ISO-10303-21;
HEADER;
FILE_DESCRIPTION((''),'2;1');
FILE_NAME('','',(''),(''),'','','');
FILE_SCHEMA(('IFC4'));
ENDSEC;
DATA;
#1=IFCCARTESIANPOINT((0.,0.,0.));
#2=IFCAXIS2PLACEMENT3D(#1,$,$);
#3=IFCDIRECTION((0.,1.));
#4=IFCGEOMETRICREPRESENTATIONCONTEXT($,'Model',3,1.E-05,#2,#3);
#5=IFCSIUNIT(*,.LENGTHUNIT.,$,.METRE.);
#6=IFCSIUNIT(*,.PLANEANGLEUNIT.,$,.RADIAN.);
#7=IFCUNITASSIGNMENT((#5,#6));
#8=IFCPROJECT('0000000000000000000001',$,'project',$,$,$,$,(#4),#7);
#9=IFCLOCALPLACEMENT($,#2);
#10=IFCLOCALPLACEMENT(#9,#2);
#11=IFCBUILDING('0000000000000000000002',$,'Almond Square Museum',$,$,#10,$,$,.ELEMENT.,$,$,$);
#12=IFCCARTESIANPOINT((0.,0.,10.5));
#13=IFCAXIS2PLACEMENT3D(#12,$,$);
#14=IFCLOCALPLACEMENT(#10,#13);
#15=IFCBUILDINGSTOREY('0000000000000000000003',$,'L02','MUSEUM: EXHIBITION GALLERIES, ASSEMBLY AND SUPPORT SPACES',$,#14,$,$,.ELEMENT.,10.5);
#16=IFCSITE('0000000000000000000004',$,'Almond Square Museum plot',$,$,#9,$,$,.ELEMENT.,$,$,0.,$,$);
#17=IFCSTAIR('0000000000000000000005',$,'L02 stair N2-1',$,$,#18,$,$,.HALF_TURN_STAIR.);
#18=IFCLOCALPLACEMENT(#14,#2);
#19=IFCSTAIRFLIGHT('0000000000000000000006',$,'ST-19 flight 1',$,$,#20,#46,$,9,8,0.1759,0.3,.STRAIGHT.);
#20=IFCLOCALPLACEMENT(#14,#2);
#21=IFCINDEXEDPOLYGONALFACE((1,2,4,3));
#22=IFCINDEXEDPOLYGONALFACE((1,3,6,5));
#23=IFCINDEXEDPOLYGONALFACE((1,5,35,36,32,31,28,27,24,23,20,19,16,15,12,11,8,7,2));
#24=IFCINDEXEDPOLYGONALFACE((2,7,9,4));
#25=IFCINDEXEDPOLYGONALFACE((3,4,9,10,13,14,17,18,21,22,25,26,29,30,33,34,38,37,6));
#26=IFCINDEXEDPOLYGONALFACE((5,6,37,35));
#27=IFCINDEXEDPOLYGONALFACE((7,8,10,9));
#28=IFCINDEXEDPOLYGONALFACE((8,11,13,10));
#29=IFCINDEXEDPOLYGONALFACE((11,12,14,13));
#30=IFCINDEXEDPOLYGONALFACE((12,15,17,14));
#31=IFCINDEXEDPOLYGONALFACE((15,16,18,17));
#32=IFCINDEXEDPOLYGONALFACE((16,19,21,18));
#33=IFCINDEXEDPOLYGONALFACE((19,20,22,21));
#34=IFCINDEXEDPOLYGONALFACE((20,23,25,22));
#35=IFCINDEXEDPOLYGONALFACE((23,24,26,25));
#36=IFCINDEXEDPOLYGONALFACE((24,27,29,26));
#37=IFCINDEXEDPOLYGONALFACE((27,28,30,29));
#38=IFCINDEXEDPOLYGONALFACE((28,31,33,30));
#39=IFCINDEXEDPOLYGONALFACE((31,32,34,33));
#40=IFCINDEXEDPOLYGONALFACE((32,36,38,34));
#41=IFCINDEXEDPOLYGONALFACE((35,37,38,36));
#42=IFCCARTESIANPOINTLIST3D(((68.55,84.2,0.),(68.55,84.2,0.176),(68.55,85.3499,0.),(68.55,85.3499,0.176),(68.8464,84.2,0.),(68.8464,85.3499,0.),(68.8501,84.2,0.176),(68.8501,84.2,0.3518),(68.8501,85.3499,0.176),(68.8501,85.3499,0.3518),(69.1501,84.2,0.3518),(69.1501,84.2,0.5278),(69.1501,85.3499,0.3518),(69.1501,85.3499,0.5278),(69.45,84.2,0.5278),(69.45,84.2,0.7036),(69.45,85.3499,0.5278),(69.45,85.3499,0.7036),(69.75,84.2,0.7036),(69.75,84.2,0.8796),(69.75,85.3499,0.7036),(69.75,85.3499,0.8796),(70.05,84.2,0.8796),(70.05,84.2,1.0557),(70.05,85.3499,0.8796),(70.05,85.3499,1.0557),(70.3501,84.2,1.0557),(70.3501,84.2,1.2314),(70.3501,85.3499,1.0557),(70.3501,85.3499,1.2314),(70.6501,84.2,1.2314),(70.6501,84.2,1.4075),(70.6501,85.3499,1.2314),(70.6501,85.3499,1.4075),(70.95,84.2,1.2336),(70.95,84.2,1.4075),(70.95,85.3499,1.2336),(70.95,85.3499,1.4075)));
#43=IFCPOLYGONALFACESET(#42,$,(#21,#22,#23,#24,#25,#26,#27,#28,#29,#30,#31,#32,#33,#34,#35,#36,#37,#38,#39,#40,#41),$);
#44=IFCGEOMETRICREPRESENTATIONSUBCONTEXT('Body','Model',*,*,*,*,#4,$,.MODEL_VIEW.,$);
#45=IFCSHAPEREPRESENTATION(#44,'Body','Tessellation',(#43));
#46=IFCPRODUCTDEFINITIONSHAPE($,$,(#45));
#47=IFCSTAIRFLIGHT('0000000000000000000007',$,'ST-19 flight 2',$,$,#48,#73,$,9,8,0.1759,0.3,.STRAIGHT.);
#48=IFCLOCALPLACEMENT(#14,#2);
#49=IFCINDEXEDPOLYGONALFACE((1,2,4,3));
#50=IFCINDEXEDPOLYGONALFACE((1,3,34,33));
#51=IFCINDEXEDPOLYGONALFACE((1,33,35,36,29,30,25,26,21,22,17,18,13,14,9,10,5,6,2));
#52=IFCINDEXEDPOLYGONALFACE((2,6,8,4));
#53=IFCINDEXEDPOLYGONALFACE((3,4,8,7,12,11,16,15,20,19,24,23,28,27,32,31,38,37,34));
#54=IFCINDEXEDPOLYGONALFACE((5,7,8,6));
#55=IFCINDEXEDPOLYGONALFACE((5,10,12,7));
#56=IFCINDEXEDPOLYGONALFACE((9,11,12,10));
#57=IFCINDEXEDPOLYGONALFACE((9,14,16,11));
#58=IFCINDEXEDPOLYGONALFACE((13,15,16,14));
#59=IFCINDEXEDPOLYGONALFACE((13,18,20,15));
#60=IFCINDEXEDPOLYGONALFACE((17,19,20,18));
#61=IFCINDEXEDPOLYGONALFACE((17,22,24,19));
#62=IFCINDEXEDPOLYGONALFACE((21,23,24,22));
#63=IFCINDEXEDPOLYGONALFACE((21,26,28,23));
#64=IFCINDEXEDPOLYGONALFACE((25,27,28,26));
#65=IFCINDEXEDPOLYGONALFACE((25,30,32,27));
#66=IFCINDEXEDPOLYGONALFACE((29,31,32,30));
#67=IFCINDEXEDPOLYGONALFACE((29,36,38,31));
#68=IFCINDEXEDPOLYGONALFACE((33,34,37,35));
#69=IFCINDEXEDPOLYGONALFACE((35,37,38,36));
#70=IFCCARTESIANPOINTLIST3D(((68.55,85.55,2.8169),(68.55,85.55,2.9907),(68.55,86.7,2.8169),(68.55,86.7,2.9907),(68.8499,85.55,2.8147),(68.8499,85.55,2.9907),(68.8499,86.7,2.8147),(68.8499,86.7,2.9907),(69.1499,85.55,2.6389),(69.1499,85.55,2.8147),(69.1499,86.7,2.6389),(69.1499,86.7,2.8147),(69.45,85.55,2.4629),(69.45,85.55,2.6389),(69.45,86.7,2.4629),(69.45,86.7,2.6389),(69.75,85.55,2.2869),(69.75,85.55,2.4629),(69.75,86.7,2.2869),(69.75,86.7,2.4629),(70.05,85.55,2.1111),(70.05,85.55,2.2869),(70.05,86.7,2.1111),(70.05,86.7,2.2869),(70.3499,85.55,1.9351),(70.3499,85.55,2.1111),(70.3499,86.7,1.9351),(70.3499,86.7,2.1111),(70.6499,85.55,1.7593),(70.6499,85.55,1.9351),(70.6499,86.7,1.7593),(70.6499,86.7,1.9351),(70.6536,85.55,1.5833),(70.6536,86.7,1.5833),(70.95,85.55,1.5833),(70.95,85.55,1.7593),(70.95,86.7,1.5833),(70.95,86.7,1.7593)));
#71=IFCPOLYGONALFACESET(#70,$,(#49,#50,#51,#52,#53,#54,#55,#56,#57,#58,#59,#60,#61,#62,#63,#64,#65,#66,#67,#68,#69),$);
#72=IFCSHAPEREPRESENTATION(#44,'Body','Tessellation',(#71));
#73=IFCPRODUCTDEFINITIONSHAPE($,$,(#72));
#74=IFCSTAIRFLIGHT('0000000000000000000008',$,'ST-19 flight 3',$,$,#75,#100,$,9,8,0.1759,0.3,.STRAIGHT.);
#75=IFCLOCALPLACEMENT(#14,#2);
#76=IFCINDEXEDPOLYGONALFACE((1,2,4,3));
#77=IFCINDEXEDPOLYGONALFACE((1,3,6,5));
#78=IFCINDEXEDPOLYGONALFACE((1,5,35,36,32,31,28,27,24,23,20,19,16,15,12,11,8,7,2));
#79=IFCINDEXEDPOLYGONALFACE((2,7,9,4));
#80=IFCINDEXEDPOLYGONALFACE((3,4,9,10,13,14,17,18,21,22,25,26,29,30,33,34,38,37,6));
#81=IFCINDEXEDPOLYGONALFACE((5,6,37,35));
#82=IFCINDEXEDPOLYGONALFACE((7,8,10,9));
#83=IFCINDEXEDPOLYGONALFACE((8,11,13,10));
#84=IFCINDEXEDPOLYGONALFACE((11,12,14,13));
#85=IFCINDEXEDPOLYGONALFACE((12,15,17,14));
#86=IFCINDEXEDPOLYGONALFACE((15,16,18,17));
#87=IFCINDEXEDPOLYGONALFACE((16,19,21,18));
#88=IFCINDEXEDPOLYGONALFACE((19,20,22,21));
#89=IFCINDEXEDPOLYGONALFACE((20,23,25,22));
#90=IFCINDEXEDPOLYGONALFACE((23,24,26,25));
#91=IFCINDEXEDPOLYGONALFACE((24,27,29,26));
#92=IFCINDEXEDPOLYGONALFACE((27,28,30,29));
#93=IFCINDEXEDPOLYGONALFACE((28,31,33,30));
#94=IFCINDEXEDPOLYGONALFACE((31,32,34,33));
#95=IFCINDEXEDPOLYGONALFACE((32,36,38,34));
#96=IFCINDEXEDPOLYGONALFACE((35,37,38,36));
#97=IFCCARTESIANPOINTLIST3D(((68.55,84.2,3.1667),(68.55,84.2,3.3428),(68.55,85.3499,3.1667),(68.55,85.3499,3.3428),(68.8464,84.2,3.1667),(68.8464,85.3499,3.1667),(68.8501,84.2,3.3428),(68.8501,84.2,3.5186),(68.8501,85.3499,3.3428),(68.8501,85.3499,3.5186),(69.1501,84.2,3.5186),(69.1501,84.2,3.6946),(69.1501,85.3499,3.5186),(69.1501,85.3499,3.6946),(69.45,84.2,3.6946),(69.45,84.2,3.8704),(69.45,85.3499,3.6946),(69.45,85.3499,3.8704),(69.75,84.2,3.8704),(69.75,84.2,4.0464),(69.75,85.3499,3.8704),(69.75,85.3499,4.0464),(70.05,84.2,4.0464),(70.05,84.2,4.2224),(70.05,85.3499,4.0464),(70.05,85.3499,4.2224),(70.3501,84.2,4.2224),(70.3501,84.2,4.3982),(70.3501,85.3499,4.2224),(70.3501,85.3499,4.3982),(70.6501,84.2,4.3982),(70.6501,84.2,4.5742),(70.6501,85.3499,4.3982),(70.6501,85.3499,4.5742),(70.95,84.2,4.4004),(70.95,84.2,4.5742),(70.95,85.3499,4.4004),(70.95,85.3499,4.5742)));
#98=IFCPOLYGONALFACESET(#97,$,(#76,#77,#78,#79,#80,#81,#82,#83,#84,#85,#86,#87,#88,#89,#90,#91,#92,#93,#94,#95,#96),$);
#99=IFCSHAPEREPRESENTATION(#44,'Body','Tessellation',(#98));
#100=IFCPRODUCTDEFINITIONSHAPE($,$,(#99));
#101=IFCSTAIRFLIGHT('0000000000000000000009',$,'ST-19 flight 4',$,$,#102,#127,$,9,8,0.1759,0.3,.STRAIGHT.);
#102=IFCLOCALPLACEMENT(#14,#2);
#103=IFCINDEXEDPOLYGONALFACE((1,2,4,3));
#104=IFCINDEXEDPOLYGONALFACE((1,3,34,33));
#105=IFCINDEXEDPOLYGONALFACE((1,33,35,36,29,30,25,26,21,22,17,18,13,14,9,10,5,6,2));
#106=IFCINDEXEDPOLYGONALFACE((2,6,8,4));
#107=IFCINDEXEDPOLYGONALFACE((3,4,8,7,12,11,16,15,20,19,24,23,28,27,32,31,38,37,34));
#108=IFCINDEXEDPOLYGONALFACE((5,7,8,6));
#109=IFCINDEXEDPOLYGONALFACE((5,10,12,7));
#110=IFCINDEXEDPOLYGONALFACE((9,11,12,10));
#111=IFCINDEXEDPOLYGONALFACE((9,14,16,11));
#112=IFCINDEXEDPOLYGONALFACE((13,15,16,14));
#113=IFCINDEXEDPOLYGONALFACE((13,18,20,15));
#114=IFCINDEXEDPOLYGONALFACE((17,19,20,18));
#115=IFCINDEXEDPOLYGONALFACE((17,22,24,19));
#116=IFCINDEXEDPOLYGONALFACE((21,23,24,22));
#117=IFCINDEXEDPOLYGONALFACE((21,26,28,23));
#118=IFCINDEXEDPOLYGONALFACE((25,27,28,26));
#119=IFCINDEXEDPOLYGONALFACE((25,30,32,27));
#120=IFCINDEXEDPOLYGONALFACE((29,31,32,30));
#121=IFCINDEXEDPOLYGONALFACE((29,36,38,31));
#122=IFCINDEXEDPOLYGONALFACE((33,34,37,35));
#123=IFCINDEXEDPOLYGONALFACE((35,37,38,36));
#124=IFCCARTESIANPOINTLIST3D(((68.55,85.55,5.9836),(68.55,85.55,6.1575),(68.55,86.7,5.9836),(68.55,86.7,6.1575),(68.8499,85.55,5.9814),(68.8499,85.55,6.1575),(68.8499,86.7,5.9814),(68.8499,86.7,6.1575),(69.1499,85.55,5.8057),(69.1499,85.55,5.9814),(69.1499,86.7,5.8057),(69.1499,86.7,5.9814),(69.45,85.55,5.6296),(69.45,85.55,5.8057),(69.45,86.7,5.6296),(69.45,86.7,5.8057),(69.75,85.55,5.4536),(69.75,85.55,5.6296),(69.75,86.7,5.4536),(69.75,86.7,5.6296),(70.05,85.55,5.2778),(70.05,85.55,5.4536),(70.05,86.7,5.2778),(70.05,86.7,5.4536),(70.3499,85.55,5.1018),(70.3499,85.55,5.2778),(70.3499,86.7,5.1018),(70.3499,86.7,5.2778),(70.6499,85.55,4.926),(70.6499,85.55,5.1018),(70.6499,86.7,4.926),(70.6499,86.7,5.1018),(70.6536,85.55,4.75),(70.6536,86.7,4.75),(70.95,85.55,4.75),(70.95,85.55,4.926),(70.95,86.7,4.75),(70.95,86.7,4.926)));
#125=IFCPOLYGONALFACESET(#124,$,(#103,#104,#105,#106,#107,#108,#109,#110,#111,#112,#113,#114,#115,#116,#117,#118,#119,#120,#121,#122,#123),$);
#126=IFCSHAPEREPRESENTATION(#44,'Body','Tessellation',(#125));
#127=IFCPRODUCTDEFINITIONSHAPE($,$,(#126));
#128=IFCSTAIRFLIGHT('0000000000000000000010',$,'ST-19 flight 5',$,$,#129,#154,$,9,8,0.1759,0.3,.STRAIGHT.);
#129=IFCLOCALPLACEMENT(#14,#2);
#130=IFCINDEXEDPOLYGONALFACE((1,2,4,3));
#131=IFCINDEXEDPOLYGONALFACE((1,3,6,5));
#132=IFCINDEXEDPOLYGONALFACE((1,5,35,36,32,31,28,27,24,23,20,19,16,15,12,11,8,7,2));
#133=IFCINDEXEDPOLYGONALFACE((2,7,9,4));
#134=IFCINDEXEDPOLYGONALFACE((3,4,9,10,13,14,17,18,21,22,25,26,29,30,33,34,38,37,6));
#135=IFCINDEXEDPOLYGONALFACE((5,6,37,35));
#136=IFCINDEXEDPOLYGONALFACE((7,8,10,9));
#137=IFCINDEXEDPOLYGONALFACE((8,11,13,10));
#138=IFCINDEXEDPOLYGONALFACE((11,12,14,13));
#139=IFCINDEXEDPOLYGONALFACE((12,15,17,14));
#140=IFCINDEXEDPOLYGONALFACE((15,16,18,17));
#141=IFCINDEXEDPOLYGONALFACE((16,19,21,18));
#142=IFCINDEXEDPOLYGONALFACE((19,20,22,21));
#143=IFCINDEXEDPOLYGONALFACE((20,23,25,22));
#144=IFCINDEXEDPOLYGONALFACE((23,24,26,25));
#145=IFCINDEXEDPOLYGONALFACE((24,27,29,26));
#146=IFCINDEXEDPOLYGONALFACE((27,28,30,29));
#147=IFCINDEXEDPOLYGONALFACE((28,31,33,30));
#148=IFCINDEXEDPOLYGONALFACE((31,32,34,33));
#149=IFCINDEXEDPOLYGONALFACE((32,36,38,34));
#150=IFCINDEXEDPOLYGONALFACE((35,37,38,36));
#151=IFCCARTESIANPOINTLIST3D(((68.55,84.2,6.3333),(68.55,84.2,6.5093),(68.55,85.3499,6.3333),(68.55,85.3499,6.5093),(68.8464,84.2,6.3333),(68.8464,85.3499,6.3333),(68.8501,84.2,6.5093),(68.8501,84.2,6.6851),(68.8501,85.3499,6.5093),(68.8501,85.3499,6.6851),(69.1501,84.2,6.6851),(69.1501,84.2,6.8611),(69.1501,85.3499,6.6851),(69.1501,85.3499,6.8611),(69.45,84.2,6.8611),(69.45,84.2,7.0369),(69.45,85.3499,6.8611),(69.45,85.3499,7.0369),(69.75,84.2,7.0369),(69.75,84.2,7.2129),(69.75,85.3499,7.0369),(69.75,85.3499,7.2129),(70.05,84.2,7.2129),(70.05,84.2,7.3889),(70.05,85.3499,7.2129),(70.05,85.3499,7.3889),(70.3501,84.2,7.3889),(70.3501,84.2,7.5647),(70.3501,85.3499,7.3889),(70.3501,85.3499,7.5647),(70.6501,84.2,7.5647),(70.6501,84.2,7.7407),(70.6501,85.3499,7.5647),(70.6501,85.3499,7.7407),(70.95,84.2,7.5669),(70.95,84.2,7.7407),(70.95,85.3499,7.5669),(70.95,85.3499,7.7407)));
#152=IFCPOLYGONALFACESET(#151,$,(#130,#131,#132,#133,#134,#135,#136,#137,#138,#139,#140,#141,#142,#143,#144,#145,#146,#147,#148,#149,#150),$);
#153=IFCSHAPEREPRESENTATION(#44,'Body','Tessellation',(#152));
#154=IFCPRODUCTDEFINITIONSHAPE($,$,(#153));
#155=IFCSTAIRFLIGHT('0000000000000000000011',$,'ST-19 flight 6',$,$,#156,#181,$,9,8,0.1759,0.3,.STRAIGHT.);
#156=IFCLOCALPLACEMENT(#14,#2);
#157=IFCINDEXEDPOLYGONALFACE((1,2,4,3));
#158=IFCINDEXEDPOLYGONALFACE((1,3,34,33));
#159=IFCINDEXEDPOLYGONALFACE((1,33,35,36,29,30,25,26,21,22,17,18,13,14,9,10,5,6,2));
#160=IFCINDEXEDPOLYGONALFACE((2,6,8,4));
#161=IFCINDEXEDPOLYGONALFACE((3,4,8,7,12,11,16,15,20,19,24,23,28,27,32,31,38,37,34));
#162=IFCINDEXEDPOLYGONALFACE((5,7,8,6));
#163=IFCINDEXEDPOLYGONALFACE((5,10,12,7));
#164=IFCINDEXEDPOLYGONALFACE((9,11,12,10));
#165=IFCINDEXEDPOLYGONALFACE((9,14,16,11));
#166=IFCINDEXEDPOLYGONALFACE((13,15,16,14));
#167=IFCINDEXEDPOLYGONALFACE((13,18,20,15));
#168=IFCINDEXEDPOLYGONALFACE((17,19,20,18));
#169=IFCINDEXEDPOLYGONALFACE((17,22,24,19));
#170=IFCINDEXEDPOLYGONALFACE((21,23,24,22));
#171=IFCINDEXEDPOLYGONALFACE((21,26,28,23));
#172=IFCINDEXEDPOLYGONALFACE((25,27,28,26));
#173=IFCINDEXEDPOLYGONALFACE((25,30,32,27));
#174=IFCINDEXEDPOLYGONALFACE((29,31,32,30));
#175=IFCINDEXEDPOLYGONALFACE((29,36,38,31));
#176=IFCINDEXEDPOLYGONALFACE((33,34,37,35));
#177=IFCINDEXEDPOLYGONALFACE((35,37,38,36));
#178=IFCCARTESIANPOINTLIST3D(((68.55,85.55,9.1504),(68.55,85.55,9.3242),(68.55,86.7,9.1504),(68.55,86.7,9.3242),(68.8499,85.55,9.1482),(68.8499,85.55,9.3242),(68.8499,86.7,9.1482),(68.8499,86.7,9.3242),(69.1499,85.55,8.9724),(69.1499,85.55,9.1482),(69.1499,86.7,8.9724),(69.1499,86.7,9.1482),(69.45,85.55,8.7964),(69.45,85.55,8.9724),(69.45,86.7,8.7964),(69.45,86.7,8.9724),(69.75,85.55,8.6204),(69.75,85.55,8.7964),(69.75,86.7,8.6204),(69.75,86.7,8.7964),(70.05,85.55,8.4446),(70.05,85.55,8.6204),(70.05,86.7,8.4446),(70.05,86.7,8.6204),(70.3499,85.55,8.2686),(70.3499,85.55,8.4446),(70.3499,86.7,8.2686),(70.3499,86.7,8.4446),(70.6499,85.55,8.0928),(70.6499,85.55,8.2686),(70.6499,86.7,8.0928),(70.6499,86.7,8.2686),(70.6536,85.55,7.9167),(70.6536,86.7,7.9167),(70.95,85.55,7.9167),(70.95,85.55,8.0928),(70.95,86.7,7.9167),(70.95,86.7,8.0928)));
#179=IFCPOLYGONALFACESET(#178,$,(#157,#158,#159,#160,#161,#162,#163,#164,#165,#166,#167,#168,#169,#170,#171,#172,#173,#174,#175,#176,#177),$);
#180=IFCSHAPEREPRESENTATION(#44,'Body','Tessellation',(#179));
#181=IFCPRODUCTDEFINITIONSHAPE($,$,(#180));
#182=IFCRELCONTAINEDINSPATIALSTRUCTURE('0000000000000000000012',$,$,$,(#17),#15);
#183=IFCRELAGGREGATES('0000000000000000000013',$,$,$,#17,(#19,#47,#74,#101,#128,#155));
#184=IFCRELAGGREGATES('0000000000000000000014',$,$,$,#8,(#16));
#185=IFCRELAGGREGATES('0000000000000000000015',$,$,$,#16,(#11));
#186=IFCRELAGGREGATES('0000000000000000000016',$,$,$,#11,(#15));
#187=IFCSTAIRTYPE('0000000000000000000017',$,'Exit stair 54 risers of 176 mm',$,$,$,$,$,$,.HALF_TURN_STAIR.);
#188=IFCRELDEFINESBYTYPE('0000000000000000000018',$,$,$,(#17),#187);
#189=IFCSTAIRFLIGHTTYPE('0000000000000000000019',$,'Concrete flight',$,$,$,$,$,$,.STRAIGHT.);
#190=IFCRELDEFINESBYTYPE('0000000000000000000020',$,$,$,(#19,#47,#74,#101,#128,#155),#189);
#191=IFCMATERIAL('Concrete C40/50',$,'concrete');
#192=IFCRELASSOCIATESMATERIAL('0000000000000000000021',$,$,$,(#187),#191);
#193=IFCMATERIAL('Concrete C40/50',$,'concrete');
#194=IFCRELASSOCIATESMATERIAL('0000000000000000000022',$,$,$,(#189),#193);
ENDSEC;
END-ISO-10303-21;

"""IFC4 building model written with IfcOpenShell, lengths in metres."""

from ifc_helpers import new_model, si_unit, direction, frame, origin, place, context, subcontext, project, spatial, polyline, outline, extrude, material, type_object, element, aggregate, save


model = new_model("IFC4")

# Units and contexts
model_context = context("Model", 3, precision=1e-05, world=origin(), true_north=direction((0.0, 1.0)))
body_context = subcontext(model_context, "Body", "Model", "MODEL_VIEW")
ifc_project = project(units=[si_unit("LENGTHUNIT", "METRE"), si_unit("PLANEANGLEUNIT", "RADIAN")], contexts=[model_context])

# Site, building, storey
site_placement = place(None, origin())
site = spatial("IfcSite", under=ifc_project, at=site_placement, Name="Almond Square Museum plot", CompositionType="ELEMENT", RefElevation=0.0)
building_placement = place(site_placement, origin())
building = spatial("IfcBuilding", under=site, at=building_placement, Name="Almond Square Museum", CompositionType="ELEMENT")
storey_placement = place(building_placement, frame((0.0, 0.0, 10.5)))
storey = spatial("IfcBuildingStorey", under=building, at=storey_placement, Name="L02", Description="MUSEUM: EXHIBITION GALLERIES, ASSEMBLY AND SUPPORT SPACES", CompositionType="ELEMENT", Elevation=10.5)

# Stair, stair flights
ifc_material_1 = material(Name="Concrete C40/50", Category="concrete")
stair_type = type_object("IfcStairType", Name="Exit stair 54 risers of 176 mm", PredefinedType="HALF_TURN_STAIR", material=ifc_material_1)
stair_1_placement = place(storey_placement, origin())
stair_1 = element("IfcStair", 1, at=stair_1_placement, inside=storey, type_object=stair_type, Name="L02 stair N2-1", PredefinedType="HALF_TURN_STAIR")
ifc_material_2 = material(Name="Concrete C40/50", Category="concrete")
stair_flight_type = type_object("IfcStairFlightType", Name="Concrete flight", PredefinedType="STRAIGHT", material=ifc_material_2)
stair_flight_1_placement = place(storey_placement, frame((68.55, 84.7749, 0.0), z_axis=(0.0, 0.0, 1.0), x_axis=(1.0, 0.0, 0.0)))
stair_flight_1 = element("IfcStairFlight", 2, at=stair_flight_1_placement, type_object=stair_flight_type, Name="ST-19 flight 1", NumberOfRisers=9, NumberOfTreads=8, PredefinedType="STRAIGHT", RiserHeight=0.1759, TreadLength=0.3, context=body_context, shape_type="SweptSolid", body=[
    extrude(outline(polyline([(0.0, 0.0), (0.0, 0.176), (0.3, 0.176), (0.3, 0.3518), (0.6001, 0.3518), (0.6001, 0.5278), (0.8999, 0.5278), (0.8999, 0.7036), (1.2, 0.7036), (1.2, 0.8796), (1.5, 0.8796), (1.5, 1.0557), (1.8, 1.0557), (1.8, 1.2314), (2.1001, 1.2314), (2.1001, 1.4075), (2.3999, 1.4075), (2.3999, 1.5833), (2.3999, 1.2336), (0.2964, 0.0), (0.0, 0.0)])), frame((0.0, 0.575, 0.0), z_axis=(0.0, -1.0, 0.0), x_axis=(1.0, 0.0, 0.0)), (0.0, 0.0, 1.0), 1.1499),
])
stair_flight_2_placement = place(storey_placement, frame((70.95, 86.125, 1.5833), z_axis=(0.0, 0.0, 1.0), x_axis=(-1.0, 0.0, 0.0)))
stair_flight_2 = element("IfcStairFlight", 3, at=stair_flight_2_placement, type_object=stair_flight_type, Name="ST-19 flight 2", NumberOfRisers=9, NumberOfTreads=8, PredefinedType="STRAIGHT", RiserHeight=0.1759, TreadLength=0.3, context=body_context, shape_type="SweptSolid", body=[
    extrude(outline(polyline([(0.0, 0.0), (0.0, 0.176), (0.3, 0.176), (0.3, 0.3518), (0.6001, 0.3518), (0.6001, 0.5278), (0.8999, 0.5278), (0.8999, 0.7036), (1.2, 0.7036), (1.2, 0.8796), (1.5, 0.8796), (1.5, 1.0557), (1.8, 1.0557), (1.8, 1.2314), (2.1001, 1.2314), (2.1001, 1.4075), (2.3999, 1.4075), (2.3999, 1.5833), (2.3999, 1.2336), (0.2964, 0.0), (0.0, 0.0)])), frame((0.0, 0.575, 0.0), z_axis=(0.0, -1.0, 0.0), x_axis=(1.0, 0.0, 0.0)), (0.0, 0.0, 1.0), 1.1499),
])
stair_flight_3_placement = place(storey_placement, frame((68.55, 84.7749, 3.1667), z_axis=(0.0, 0.0, 1.0), x_axis=(1.0, 0.0, 0.0)))
stair_flight_3 = element("IfcStairFlight", 4, at=stair_flight_3_placement, type_object=stair_flight_type, Name="ST-19 flight 3", NumberOfRisers=9, NumberOfTreads=8, PredefinedType="STRAIGHT", RiserHeight=0.1759, TreadLength=0.3, context=body_context, shape_type="SweptSolid", body=[
    extrude(outline(polyline([(0.0, 0.0), (0.0, 0.176), (0.3, 0.176), (0.3, 0.3518), (0.6001, 0.3518), (0.6001, 0.5278), (0.8999, 0.5278), (0.8999, 0.7036), (1.2, 0.7036), (1.2, 0.8796), (1.5, 0.8796), (1.5, 1.0557), (1.8, 1.0557), (1.8, 1.2314), (2.1001, 1.2314), (2.1001, 1.4075), (2.3999, 1.4075), (2.3999, 1.5833), (2.3999, 1.2336), (0.2964, 0.0), (0.0, 0.0)])), frame((0.0, 0.575, 0.0), z_axis=(0.0, -1.0, 0.0), x_axis=(1.0, 0.0, 0.0)), (0.0, 0.0, 1.0), 1.1499),
])
stair_flight_4_placement = place(storey_placement, frame((70.95, 86.125, 4.75), z_axis=(0.0, 0.0, 1.0), x_axis=(-1.0, 0.0, 0.0)))
stair_flight_4 = element("IfcStairFlight", 5, at=stair_flight_4_placement, type_object=stair_flight_type, Name="ST-19 flight 4", NumberOfRisers=9, NumberOfTreads=8, PredefinedType="STRAIGHT", RiserHeight=0.1759, TreadLength=0.3, context=body_context, shape_type="SweptSolid", body=[
    extrude(outline(polyline([(0.0, 0.0), (0.0, 0.176), (0.3, 0.176), (0.3, 0.3518), (0.6001, 0.3518), (0.6001, 0.5278), (0.8999, 0.5278), (0.8999, 0.7036), (1.2, 0.7036), (1.2, 0.8796), (1.5, 0.8796), (1.5, 1.0557), (1.8, 1.0557), (1.8, 1.2314), (2.1001, 1.2314), (2.1001, 1.4075), (2.3999, 1.4075), (2.3999, 1.5833), (2.3999, 1.2336), (0.2964, 0.0), (0.0, 0.0)])), frame((0.0, 0.575, 0.0), z_axis=(0.0, -1.0, 0.0), x_axis=(1.0, 0.0, 0.0)), (0.0, 0.0, 1.0), 1.1499),
])
stair_flight_5_placement = place(storey_placement, frame((68.55, 84.7749, 6.3333), z_axis=(0.0, 0.0, 1.0), x_axis=(1.0, 0.0, 0.0)))
stair_flight_5 = element("IfcStairFlight", 6, at=stair_flight_5_placement, type_object=stair_flight_type, Name="ST-19 flight 5", NumberOfRisers=9, NumberOfTreads=8, PredefinedType="STRAIGHT", RiserHeight=0.1759, TreadLength=0.3, context=body_context, shape_type="SweptSolid", body=[
    extrude(outline(polyline([(0.0, 0.0), (0.0, 0.176), (0.3, 0.176), (0.3, 0.3518), (0.6001, 0.3518), (0.6001, 0.5278), (0.8999, 0.5278), (0.8999, 0.7036), (1.2, 0.7036), (1.2, 0.8796), (1.5, 0.8796), (1.5, 1.0557), (1.8, 1.0557), (1.8, 1.2314), (2.1001, 1.2314), (2.1001, 1.4075), (2.3999, 1.4075), (2.3999, 1.5833), (2.3999, 1.2336), (0.2964, 0.0), (0.0, 0.0)])), frame((0.0, 0.575, 0.0), z_axis=(0.0, -1.0, 0.0), x_axis=(1.0, 0.0, 0.0)), (0.0, 0.0, 1.0), 1.1499),
])
stair_flight_6_placement = place(storey_placement, frame((70.95, 86.125, 7.9167), z_axis=(0.0, 0.0, 1.0), x_axis=(-1.0, 0.0, 0.0)))
stair_flight_6 = element("IfcStairFlight", 7, at=stair_flight_6_placement, type_object=stair_flight_type, Name="ST-19 flight 6", NumberOfRisers=9, NumberOfTreads=8, PredefinedType="STRAIGHT", RiserHeight=0.1759, TreadLength=0.3, context=body_context, shape_type="SweptSolid", body=[
    extrude(outline(polyline([(0.0, 0.0), (0.0, 0.176), (0.3, 0.176), (0.3, 0.3518), (0.6001, 0.3518), (0.6001, 0.5278), (0.8999, 0.5278), (0.8999, 0.7036), (1.2, 0.7036), (1.2, 0.8796), (1.5, 0.8796), (1.5, 1.0557), (1.8, 1.0557), (1.8, 1.2314), (2.1001, 1.2314), (2.1001, 1.4075), (2.3999, 1.4075), (2.3999, 1.5833), (2.3999, 1.2336), (0.2964, 0.0), (0.0, 0.0)])), frame((0.0, 0.575, 0.0), z_axis=(0.0, -1.0, 0.0), x_axis=(1.0, 0.0, 0.0)), (0.0, 0.0, 1.0), 1.1499),
])
aggregate(stair_1, [stair_flight_1, stair_flight_2, stair_flight_3, stair_flight_4, stair_flight_5, stair_flight_6])

save(model, "model.ifc")
